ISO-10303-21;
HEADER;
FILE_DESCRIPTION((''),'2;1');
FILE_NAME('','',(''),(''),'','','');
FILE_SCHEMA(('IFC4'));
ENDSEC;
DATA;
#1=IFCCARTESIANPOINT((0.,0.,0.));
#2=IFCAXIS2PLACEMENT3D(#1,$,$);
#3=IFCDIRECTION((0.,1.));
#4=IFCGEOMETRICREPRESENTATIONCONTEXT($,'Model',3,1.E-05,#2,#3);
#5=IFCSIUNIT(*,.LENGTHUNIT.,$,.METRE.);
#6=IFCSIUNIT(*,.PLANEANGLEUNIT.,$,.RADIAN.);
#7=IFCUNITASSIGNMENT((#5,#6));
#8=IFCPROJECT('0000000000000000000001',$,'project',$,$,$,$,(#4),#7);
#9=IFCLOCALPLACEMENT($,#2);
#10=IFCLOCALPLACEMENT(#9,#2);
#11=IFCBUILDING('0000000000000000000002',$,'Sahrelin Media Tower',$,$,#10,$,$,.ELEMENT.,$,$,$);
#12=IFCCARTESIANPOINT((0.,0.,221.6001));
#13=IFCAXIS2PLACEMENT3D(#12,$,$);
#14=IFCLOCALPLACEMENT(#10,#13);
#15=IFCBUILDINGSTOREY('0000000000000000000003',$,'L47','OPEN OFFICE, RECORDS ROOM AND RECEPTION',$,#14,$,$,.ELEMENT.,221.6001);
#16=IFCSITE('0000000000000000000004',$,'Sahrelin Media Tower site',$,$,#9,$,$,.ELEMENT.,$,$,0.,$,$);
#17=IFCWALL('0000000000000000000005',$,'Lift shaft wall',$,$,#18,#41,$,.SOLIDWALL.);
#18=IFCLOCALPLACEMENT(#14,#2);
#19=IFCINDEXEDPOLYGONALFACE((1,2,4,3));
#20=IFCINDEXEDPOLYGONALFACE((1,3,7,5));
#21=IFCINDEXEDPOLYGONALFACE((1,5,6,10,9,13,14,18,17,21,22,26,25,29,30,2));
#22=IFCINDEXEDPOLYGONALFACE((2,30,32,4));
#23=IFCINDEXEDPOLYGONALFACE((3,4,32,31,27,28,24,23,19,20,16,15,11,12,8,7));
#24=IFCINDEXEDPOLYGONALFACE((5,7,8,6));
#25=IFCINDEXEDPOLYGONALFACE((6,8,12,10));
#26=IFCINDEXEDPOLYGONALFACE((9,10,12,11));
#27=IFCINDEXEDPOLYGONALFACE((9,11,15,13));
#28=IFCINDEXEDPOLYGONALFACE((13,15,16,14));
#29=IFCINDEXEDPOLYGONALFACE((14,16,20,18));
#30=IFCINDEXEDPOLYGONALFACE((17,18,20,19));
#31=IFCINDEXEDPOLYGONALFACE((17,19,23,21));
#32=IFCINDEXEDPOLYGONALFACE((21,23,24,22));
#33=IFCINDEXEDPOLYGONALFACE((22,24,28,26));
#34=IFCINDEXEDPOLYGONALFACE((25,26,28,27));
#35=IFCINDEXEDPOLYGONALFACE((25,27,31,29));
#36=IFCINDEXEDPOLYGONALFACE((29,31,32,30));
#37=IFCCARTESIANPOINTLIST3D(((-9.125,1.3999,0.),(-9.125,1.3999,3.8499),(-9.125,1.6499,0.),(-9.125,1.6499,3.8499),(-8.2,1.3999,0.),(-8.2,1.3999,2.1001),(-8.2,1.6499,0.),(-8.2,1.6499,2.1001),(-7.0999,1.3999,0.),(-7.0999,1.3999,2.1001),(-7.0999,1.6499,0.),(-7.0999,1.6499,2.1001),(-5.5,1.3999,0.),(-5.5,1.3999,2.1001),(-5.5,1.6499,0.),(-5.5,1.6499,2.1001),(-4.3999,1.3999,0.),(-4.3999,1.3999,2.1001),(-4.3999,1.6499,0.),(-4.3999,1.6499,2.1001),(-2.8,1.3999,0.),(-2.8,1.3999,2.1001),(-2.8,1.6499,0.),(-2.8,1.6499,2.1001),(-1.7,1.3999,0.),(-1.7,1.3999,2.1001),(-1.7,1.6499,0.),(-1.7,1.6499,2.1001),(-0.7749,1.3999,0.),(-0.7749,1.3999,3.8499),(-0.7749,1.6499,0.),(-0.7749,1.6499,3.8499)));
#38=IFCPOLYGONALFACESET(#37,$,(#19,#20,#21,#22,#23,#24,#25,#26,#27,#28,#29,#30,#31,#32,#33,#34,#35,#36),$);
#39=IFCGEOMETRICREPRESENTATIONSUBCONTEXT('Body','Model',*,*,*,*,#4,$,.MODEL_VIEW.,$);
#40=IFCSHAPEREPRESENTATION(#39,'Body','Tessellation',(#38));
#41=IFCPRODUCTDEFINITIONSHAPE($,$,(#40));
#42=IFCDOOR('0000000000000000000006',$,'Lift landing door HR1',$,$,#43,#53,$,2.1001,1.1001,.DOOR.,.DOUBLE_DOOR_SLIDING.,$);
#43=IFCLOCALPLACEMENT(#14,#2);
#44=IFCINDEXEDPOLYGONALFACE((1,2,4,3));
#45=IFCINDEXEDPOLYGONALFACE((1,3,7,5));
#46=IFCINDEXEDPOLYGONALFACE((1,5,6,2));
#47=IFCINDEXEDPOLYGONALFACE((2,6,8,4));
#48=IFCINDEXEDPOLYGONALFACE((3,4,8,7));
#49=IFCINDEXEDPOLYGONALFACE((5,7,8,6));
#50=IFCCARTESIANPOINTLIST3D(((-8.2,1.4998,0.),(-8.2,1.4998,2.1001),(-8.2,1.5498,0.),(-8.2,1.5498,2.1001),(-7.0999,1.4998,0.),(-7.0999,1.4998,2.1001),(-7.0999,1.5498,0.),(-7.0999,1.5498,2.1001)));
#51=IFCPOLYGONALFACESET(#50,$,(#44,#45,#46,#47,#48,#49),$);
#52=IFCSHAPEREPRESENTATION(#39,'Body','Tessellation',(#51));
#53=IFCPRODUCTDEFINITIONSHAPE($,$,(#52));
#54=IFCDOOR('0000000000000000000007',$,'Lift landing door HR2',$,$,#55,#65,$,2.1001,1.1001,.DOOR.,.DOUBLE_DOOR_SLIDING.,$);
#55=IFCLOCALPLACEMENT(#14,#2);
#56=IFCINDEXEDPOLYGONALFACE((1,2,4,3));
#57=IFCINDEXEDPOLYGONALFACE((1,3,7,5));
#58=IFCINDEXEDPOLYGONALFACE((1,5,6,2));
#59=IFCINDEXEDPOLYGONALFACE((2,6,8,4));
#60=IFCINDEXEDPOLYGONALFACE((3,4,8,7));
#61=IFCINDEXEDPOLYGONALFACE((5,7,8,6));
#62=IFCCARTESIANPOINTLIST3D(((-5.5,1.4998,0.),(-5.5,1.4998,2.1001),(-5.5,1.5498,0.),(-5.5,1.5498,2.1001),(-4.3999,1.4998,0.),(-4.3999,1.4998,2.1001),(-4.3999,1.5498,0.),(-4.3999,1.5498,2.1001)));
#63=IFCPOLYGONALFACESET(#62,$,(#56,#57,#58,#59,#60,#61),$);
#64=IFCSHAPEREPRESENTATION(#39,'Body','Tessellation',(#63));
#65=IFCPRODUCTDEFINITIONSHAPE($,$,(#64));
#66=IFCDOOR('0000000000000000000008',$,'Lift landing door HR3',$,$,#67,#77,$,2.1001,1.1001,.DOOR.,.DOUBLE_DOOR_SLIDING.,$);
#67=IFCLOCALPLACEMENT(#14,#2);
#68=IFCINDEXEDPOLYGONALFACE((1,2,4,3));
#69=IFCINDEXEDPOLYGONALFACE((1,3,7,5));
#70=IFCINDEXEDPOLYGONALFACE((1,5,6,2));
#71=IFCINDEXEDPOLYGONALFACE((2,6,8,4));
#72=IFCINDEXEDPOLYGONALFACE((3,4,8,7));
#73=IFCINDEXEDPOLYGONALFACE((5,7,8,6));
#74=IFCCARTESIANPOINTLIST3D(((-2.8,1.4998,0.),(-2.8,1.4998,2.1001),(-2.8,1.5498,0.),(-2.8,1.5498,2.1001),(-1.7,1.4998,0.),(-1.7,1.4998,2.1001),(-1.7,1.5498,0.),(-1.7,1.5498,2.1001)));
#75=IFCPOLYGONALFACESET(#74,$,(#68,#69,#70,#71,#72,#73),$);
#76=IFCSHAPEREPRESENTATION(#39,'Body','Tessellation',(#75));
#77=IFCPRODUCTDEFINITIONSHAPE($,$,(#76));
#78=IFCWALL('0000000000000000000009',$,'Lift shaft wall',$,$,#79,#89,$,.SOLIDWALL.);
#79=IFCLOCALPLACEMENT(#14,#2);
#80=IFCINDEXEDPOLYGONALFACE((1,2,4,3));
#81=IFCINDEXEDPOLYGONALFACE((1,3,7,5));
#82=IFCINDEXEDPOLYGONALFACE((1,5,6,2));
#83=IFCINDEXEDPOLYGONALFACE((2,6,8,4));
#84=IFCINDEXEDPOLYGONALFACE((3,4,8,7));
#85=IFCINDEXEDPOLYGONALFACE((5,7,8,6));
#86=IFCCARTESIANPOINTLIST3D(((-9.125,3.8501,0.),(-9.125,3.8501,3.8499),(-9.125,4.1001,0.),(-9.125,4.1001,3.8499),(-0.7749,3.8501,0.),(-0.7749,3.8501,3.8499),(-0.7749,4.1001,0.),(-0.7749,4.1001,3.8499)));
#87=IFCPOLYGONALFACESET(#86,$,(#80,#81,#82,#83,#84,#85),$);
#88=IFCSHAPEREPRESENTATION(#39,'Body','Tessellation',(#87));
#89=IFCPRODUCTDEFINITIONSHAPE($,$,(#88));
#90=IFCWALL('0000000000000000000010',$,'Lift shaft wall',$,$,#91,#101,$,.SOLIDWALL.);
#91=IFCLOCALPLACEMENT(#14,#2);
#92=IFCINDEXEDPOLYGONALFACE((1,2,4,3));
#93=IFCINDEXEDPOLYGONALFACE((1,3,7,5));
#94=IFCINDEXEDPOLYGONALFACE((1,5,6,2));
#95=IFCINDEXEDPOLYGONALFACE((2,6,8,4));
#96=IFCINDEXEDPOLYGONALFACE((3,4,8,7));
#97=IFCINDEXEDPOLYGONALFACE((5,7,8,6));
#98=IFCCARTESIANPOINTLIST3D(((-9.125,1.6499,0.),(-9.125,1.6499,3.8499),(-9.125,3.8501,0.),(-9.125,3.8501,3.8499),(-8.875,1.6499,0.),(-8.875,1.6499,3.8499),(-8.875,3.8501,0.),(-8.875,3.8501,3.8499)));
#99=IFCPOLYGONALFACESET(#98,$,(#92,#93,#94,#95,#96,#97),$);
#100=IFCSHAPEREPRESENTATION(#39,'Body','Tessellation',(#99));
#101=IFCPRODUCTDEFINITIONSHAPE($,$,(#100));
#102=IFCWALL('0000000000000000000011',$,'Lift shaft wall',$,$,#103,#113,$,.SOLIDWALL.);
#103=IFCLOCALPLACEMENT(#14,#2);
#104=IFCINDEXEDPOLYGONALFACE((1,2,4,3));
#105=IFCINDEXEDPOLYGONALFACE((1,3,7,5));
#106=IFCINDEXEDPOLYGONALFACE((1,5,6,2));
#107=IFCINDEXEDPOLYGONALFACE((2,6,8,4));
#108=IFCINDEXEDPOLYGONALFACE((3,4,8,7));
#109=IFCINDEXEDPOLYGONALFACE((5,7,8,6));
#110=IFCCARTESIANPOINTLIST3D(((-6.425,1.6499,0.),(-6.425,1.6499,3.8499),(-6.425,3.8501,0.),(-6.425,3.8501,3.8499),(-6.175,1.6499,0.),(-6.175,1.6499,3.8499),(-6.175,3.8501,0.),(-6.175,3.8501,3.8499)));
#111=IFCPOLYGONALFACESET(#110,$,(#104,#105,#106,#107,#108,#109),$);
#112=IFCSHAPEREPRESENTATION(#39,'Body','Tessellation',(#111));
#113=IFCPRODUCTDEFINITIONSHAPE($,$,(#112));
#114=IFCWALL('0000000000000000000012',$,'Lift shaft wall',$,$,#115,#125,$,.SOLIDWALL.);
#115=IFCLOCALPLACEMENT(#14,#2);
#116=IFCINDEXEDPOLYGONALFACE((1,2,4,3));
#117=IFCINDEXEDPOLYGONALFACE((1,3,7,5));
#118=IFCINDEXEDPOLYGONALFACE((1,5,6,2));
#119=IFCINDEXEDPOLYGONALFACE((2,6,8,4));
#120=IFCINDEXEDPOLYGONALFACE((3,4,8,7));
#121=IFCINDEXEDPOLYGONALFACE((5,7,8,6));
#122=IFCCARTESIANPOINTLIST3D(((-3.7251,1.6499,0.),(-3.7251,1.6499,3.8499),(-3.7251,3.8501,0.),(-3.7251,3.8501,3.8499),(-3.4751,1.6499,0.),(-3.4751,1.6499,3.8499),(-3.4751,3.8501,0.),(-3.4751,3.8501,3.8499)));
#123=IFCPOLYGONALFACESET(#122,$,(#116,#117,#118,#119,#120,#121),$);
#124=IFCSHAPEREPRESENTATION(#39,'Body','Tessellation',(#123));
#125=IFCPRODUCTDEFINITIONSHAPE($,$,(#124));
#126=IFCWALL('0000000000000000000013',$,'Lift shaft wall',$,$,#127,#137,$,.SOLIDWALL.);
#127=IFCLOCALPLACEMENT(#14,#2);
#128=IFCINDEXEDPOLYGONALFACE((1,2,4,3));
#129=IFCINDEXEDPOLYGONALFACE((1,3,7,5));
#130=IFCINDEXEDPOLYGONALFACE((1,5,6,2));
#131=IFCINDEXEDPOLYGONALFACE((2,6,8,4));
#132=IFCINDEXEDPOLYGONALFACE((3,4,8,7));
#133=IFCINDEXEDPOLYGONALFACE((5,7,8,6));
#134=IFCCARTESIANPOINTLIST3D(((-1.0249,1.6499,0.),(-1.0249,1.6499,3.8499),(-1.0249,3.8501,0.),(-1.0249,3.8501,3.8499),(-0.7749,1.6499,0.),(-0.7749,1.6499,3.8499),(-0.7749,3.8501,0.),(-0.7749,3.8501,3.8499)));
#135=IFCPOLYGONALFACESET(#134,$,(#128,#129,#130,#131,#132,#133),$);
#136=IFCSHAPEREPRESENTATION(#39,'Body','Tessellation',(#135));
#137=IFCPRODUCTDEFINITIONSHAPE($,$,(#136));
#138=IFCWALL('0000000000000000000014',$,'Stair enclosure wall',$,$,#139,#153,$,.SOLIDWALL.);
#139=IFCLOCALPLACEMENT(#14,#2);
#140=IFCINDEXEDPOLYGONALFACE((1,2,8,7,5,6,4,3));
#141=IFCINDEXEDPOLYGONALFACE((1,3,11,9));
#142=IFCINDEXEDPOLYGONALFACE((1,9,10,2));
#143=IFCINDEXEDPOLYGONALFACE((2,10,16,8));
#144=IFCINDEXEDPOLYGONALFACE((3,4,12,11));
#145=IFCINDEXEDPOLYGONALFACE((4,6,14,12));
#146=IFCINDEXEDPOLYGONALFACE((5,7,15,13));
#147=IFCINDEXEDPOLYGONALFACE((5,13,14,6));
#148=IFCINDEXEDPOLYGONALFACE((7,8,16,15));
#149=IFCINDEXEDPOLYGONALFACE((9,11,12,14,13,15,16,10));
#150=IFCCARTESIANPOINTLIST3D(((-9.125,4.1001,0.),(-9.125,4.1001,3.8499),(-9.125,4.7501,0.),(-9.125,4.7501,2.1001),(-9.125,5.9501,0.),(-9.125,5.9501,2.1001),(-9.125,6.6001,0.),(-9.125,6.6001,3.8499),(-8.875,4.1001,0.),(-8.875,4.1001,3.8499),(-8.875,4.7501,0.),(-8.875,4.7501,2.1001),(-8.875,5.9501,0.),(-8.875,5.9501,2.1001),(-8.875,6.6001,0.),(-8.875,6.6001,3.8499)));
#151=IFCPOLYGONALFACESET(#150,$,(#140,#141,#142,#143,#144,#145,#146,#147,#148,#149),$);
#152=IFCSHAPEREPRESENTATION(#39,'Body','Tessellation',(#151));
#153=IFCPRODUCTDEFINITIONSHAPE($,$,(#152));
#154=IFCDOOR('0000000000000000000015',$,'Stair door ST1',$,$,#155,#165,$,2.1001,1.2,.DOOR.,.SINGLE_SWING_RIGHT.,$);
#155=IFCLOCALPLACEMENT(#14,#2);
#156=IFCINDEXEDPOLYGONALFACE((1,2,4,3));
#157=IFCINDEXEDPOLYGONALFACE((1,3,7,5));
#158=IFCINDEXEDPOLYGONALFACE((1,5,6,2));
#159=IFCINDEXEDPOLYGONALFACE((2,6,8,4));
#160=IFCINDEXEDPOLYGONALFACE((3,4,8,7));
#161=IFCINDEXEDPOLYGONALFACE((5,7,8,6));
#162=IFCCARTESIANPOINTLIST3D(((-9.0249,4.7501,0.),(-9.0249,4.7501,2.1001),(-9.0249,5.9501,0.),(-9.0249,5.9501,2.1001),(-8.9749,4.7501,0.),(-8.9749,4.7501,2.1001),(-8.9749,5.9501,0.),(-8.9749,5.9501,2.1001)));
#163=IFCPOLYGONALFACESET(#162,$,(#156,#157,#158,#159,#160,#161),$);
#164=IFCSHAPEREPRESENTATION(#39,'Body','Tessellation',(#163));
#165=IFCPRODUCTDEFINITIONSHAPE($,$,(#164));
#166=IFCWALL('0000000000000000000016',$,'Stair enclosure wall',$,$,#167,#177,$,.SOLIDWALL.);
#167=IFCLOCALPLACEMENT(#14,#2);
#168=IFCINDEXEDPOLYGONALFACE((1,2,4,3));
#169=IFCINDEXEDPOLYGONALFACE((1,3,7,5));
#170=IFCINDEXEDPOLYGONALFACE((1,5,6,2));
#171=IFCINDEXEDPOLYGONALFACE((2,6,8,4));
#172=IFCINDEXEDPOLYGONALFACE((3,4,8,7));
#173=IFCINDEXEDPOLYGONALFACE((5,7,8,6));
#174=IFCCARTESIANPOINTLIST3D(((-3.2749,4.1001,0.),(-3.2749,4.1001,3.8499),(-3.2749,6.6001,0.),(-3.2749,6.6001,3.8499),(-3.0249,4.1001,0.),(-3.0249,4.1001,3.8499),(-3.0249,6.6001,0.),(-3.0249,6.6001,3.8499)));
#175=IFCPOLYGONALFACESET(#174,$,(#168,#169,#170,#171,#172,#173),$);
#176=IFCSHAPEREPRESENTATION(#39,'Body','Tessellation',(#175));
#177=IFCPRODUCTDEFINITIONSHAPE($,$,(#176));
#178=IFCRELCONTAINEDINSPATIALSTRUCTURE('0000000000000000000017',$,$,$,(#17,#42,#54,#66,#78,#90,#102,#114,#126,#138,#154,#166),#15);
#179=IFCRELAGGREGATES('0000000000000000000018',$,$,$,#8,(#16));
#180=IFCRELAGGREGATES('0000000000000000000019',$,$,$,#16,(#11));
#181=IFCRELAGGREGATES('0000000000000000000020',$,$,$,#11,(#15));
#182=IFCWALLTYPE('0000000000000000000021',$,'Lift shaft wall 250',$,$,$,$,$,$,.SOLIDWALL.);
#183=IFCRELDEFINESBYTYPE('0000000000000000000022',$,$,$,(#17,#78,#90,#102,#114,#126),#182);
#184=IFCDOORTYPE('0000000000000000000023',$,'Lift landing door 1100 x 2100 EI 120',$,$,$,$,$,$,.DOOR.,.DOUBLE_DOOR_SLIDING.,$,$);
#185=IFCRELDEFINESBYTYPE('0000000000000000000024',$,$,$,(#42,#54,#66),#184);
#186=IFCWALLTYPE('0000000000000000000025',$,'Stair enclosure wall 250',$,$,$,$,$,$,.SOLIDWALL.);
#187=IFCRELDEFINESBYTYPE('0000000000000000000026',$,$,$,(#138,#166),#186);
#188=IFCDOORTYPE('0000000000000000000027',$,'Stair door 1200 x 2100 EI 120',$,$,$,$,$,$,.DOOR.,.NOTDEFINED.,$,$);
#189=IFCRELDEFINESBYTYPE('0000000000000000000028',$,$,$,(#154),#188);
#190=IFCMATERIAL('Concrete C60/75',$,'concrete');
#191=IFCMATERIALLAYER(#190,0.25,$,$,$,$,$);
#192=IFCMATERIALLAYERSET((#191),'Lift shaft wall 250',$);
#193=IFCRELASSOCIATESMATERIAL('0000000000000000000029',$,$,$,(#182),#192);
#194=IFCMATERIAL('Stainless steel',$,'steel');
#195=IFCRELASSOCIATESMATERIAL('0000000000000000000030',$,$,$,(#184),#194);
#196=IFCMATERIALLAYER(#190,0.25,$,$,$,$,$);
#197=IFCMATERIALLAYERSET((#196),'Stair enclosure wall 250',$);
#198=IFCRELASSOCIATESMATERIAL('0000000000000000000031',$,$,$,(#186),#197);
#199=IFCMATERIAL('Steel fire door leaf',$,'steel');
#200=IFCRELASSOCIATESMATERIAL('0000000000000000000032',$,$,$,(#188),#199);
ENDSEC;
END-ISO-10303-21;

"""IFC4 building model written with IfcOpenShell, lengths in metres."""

from ifc_helpers import new_model, si_unit, direction, frame, frame_2d, origin, place, context, subcontext, project, spatial, rectangle, extrude, material, layer, layer_set, type_object, element, fill, save


model = new_model("IFC4")

# Units and contexts
model_context = context("Model", 3, precision=1e-05, world=origin(), true_north=direction((0.0, 1.0)))
body_context = subcontext(model_context, "Body", "Model", "MODEL_VIEW")
ifc_project = project(units=[si_unit("LENGTHUNIT", "METRE"), si_unit("PLANEANGLEUNIT", "RADIAN")], contexts=[model_context])

# Site, building, storey
site_placement = place(None, origin())
site = spatial("IfcSite", under=ifc_project, at=site_placement, Name="Sahrelin Media Tower site", CompositionType="ELEMENT", RefElevation=0.0)
building_placement = place(site_placement, origin())
building = spatial("IfcBuilding", under=site, at=building_placement, Name="Sahrelin Media Tower", CompositionType="ELEMENT")
storey_placement = place(building_placement, frame((0.0, 0.0, 221.6001)))
storey = spatial("IfcBuildingStorey", under=building, at=storey_placement, Name="L47", Description="OPEN OFFICE, RECORDS ROOM AND RECEPTION", CompositionType="ELEMENT", Elevation=221.6001)

# Shared definitions
ifc_material_1 = material(Name="Steel fire door leaf", Category="steel")

# Wall, openings, doors
ifc_material_2 = material(Name="Concrete C60/75", Category="concrete")
ifc_layer_1 = layer(ifc_material_2, 0.25)
ifc_layer_set_1 = layer_set([ifc_layer_1], Name="Lift shaft wall 250")
wall_type_1 = type_object("IfcWallType", Name="Lift shaft wall 250", PredefinedType="SOLIDWALL", material=ifc_layer_set_1)
wall_1_placement = place(storey_placement, frame((-9.125, 1.5249, 0.0), z_axis=(0.0, 0.0, 1.0), x_axis=(1.0, 0.0, 0.0)))
wall_1 = element("IfcWall", 1, at=wall_1_placement, inside=storey, type_object=wall_type_1, Name="Lift shaft wall", PredefinedType="SOLIDWALL", context=body_context, shape_type="SweptSolid", body=[
    extrude(rectangle(XDim=8.3501, YDim=0.25, at=frame_2d((4.175, 0.0))), origin(), (0.0, 0.0, 1.0), 3.8499),
])
opening_1_placement = place(wall_1_placement, frame((0.925, 0.0, 0.0)))
opening_1 = element("IfcOpeningElement", 2, at=opening_1_placement, cuts=wall_1, PredefinedType="OPENING", context=body_context, shape_type="SweptSolid", body=[
    extrude(rectangle(XDim=1.1001, YDim=2.1001, at=frame_2d((0.55, 1.05))), frame((0.0, 0.125, 0.0), z_axis=(0.0, -1.0, 0.0), x_axis=(1.0, 0.0, 0.0)), (0.0, 0.0, 1.0), 0.25),
])
opening_2_placement = place(wall_1_placement, frame((3.625, 0.0, 0.0)))
opening_2 = element("IfcOpeningElement", 3, at=opening_2_placement, cuts=wall_1, PredefinedType="OPENING", context=body_context, shape_type="SweptSolid", body=[
    extrude(rectangle(XDim=1.1001, YDim=2.1001, at=frame_2d((0.55, 1.05))), frame((0.0, 0.125, 0.0), z_axis=(0.0, -1.0, 0.0), x_axis=(1.0, 0.0, 0.0)), (0.0, 0.0, 1.0), 0.25),
])
opening_3_placement = place(wall_1_placement, frame((6.325, 0.0, 0.0)))
opening_3 = element("IfcOpeningElement", 4, at=opening_3_placement, cuts=wall_1, PredefinedType="OPENING", context=body_context, shape_type="SweptSolid", body=[
    extrude(rectangle(XDim=1.1001, YDim=2.1001, at=frame_2d((0.55, 1.05))), frame((0.0, 0.125, 0.0), z_axis=(0.0, -1.0, 0.0), x_axis=(1.0, 0.0, 0.0)), (0.0, 0.0, 1.0), 0.25),
])
ifc_material_3 = material(Name="Stainless steel", Category="steel")
door_type_1 = type_object("IfcDoorType", Name="Lift landing door 1100 x 2100 EI 120", OperationType="DOUBLE_DOOR_SLIDING", PredefinedType="DOOR", material=ifc_material_3)
door_1_placement = place(opening_1_placement, origin())
door_1 = element("IfcDoor", 5, at=door_1_placement, inside=storey, type_object=door_type_1, Name="Lift landing door HR1", OperationType="DOUBLE_DOOR_SLIDING", OverallHeight=2.1001, OverallWidth=1.1001, PredefinedType="DOOR", context=body_context, shape_type="SweptSolid", body=[
    extrude(rectangle(XDim=1.1001, YDim=2.1001, at=frame_2d((0.55, 1.05))), frame((0.0, 0.0249, 0.0), z_axis=(0.0, -1.0, 0.0), x_axis=(1.0, 0.0, 0.0)), (0.0, 0.0, 1.0), 0.05),
])
fill(opening_1, door_1)
door_2_placement = place(opening_2_placement, origin())
door_2 = element("IfcDoor", 6, at=door_2_placement, inside=storey, type_object=door_type_1, Name="Lift landing door HR2", OperationType="DOUBLE_DOOR_SLIDING", OverallHeight=2.1001, OverallWidth=1.1001, PredefinedType="DOOR", context=body_context, shape_type="SweptSolid", body=[
    extrude(rectangle(XDim=1.1001, YDim=2.1001, at=frame_2d((0.55, 1.05))), frame((0.0, 0.0249, 0.0), z_axis=(0.0, -1.0, 0.0), x_axis=(1.0, 0.0, 0.0)), (0.0, 0.0, 1.0), 0.05),
])
fill(opening_2, door_2)
door_3_placement = place(opening_3_placement, origin())
door_3 = element("IfcDoor", 7, at=door_3_placement, inside=storey, type_object=door_type_1, Name="Lift landing door HR3", OperationType="DOUBLE_DOOR_SLIDING", OverallHeight=2.1001, OverallWidth=1.1001, PredefinedType="DOOR", context=body_context, shape_type="SweptSolid", body=[
    extrude(rectangle(XDim=1.1001, YDim=2.1001, at=frame_2d((0.55, 1.05))), frame((0.0, 0.0249, 0.0), z_axis=(0.0, -1.0, 0.0), x_axis=(1.0, 0.0, 0.0)), (0.0, 0.0, 1.0), 0.05),
])
fill(opening_3, door_3)

# Walls
wall_2_placement = place(storey_placement, frame((-9.125, 3.9751, 0.0), z_axis=(0.0, 0.0, 1.0), x_axis=(1.0, 0.0, 0.0)))
element("IfcWall", 8, at=wall_2_placement, inside=storey, type_object=wall_type_1, Name="Lift shaft wall", PredefinedType="SOLIDWALL", context=body_context, shape_type="SweptSolid", body=[
    extrude(rectangle(XDim=8.3501, YDim=0.25, at=frame_2d((4.175, 0.0))), origin(), (0.0, 0.0, 1.0), 3.8499),
])
for number, where, z_axis, x_axis, name in (
    (9, (-9.0, 1.6499, 0.0), (0.0, 0.0, 1.0), (0.0, 1.0, 0.0), "Lift shaft wall"),
    (10, (-6.3, 1.6499, 0.0), (0.0, 0.0, 1.0), (0.0, 1.0, 0.0), "Lift shaft wall"),
    (11, (-3.6001, 1.6499, 0.0), (0.0, 0.0, 1.0), (0.0, 1.0, 0.0), "Lift shaft wall"),
    (12, (-0.8999, 1.6499, 0.0), (0.0, 0.0, 1.0), (0.0, 1.0, 0.0), "Lift shaft wall"),
):
    element("IfcWall", number, at=place(storey_placement, frame(where, z_axis=z_axis, x_axis=x_axis)), inside=storey, type_object=wall_type_1, Name=name, PredefinedType="SOLIDWALL", context=body_context, shape_type="SweptSolid", body=[
        extrude(rectangle(XDim=2.2002, YDim=0.25, at=frame_2d((1.1001, 0.0))), origin(), (0.0, 0.0, 1.0), 3.8499),
    ])

# Wall, opening, door
ifc_layer_2 = layer(ifc_material_2, 0.25)
ifc_layer_set_2 = layer_set([ifc_layer_2], Name="Stair enclosure wall 250")
wall_type_2 = type_object("IfcWallType", Name="Stair enclosure wall 250", PredefinedType="SOLIDWALL", material=ifc_layer_set_2)
wall_3_placement = place(storey_placement, frame((-9.0, 4.1001, 0.0), z_axis=(0.0, 0.0, 1.0), x_axis=(0.0, 1.0, 0.0)))
wall_3 = element("IfcWall", 13, at=wall_3_placement, inside=storey, type_object=wall_type_2, Name="Stair enclosure wall", PredefinedType="SOLIDWALL", context=body_context, shape_type="SweptSolid", body=[
    extrude(rectangle(XDim=2.5, YDim=0.25, at=frame_2d((1.25, 0.0))), origin(), (0.0, 0.0, 1.0), 3.8499),
])
opening_4_placement = place(wall_3_placement, frame((0.6499, 0.0, 0.0)))
opening_4 = element("IfcOpeningElement", 14, at=opening_4_placement, cuts=wall_3, PredefinedType="OPENING", context=body_context, shape_type="SweptSolid", body=[
    extrude(rectangle(XDim=1.2, YDim=2.1001, at=frame_2d((0.6001, 1.05))), frame((0.0, 0.125, 0.0), z_axis=(0.0, -1.0, 0.0), x_axis=(1.0, 0.0, 0.0)), (0.0, 0.0, 1.0), 0.25),
])
door_type_2 = type_object("IfcDoorType", Name="Stair door 1200 x 2100 EI 120", OperationType="NOTDEFINED", PredefinedType="DOOR", material=ifc_material_1)
door_4_placement = place(opening_4_placement, origin())
door_4 = element("IfcDoor", 15, at=door_4_placement, inside=storey, type_object=door_type_2, Name="Stair door ST1", OperationType="SINGLE_SWING_RIGHT", OverallHeight=2.1001, OverallWidth=1.2, PredefinedType="DOOR", context=body_context, shape_type="SweptSolid", body=[
    extrude(rectangle(XDim=1.2, YDim=2.1001, at=frame_2d((0.6001, 1.05))), frame((0.0, 0.0249, 0.0), z_axis=(0.0, -1.0, 0.0), x_axis=(1.0, 0.0, 0.0)), (0.0, 0.0, 1.0), 0.05),
])
fill(opening_4, door_4)

# Wall
wall_4_placement = place(storey_placement, frame((-3.1499, 4.1001, 0.0), z_axis=(0.0, 0.0, 1.0), x_axis=(0.0, 1.0, 0.0)))
element("IfcWall", 16, at=wall_4_placement, inside=storey, type_object=wall_type_2, Name="Stair enclosure wall", PredefinedType="SOLIDWALL", context=body_context, shape_type="SweptSolid", body=[
    extrude(rectangle(XDim=2.5, YDim=0.25, at=frame_2d((1.25, 0.0))), origin(), (0.0, 0.0, 1.0), 3.8499),
])

save(model, "model.ifc")
